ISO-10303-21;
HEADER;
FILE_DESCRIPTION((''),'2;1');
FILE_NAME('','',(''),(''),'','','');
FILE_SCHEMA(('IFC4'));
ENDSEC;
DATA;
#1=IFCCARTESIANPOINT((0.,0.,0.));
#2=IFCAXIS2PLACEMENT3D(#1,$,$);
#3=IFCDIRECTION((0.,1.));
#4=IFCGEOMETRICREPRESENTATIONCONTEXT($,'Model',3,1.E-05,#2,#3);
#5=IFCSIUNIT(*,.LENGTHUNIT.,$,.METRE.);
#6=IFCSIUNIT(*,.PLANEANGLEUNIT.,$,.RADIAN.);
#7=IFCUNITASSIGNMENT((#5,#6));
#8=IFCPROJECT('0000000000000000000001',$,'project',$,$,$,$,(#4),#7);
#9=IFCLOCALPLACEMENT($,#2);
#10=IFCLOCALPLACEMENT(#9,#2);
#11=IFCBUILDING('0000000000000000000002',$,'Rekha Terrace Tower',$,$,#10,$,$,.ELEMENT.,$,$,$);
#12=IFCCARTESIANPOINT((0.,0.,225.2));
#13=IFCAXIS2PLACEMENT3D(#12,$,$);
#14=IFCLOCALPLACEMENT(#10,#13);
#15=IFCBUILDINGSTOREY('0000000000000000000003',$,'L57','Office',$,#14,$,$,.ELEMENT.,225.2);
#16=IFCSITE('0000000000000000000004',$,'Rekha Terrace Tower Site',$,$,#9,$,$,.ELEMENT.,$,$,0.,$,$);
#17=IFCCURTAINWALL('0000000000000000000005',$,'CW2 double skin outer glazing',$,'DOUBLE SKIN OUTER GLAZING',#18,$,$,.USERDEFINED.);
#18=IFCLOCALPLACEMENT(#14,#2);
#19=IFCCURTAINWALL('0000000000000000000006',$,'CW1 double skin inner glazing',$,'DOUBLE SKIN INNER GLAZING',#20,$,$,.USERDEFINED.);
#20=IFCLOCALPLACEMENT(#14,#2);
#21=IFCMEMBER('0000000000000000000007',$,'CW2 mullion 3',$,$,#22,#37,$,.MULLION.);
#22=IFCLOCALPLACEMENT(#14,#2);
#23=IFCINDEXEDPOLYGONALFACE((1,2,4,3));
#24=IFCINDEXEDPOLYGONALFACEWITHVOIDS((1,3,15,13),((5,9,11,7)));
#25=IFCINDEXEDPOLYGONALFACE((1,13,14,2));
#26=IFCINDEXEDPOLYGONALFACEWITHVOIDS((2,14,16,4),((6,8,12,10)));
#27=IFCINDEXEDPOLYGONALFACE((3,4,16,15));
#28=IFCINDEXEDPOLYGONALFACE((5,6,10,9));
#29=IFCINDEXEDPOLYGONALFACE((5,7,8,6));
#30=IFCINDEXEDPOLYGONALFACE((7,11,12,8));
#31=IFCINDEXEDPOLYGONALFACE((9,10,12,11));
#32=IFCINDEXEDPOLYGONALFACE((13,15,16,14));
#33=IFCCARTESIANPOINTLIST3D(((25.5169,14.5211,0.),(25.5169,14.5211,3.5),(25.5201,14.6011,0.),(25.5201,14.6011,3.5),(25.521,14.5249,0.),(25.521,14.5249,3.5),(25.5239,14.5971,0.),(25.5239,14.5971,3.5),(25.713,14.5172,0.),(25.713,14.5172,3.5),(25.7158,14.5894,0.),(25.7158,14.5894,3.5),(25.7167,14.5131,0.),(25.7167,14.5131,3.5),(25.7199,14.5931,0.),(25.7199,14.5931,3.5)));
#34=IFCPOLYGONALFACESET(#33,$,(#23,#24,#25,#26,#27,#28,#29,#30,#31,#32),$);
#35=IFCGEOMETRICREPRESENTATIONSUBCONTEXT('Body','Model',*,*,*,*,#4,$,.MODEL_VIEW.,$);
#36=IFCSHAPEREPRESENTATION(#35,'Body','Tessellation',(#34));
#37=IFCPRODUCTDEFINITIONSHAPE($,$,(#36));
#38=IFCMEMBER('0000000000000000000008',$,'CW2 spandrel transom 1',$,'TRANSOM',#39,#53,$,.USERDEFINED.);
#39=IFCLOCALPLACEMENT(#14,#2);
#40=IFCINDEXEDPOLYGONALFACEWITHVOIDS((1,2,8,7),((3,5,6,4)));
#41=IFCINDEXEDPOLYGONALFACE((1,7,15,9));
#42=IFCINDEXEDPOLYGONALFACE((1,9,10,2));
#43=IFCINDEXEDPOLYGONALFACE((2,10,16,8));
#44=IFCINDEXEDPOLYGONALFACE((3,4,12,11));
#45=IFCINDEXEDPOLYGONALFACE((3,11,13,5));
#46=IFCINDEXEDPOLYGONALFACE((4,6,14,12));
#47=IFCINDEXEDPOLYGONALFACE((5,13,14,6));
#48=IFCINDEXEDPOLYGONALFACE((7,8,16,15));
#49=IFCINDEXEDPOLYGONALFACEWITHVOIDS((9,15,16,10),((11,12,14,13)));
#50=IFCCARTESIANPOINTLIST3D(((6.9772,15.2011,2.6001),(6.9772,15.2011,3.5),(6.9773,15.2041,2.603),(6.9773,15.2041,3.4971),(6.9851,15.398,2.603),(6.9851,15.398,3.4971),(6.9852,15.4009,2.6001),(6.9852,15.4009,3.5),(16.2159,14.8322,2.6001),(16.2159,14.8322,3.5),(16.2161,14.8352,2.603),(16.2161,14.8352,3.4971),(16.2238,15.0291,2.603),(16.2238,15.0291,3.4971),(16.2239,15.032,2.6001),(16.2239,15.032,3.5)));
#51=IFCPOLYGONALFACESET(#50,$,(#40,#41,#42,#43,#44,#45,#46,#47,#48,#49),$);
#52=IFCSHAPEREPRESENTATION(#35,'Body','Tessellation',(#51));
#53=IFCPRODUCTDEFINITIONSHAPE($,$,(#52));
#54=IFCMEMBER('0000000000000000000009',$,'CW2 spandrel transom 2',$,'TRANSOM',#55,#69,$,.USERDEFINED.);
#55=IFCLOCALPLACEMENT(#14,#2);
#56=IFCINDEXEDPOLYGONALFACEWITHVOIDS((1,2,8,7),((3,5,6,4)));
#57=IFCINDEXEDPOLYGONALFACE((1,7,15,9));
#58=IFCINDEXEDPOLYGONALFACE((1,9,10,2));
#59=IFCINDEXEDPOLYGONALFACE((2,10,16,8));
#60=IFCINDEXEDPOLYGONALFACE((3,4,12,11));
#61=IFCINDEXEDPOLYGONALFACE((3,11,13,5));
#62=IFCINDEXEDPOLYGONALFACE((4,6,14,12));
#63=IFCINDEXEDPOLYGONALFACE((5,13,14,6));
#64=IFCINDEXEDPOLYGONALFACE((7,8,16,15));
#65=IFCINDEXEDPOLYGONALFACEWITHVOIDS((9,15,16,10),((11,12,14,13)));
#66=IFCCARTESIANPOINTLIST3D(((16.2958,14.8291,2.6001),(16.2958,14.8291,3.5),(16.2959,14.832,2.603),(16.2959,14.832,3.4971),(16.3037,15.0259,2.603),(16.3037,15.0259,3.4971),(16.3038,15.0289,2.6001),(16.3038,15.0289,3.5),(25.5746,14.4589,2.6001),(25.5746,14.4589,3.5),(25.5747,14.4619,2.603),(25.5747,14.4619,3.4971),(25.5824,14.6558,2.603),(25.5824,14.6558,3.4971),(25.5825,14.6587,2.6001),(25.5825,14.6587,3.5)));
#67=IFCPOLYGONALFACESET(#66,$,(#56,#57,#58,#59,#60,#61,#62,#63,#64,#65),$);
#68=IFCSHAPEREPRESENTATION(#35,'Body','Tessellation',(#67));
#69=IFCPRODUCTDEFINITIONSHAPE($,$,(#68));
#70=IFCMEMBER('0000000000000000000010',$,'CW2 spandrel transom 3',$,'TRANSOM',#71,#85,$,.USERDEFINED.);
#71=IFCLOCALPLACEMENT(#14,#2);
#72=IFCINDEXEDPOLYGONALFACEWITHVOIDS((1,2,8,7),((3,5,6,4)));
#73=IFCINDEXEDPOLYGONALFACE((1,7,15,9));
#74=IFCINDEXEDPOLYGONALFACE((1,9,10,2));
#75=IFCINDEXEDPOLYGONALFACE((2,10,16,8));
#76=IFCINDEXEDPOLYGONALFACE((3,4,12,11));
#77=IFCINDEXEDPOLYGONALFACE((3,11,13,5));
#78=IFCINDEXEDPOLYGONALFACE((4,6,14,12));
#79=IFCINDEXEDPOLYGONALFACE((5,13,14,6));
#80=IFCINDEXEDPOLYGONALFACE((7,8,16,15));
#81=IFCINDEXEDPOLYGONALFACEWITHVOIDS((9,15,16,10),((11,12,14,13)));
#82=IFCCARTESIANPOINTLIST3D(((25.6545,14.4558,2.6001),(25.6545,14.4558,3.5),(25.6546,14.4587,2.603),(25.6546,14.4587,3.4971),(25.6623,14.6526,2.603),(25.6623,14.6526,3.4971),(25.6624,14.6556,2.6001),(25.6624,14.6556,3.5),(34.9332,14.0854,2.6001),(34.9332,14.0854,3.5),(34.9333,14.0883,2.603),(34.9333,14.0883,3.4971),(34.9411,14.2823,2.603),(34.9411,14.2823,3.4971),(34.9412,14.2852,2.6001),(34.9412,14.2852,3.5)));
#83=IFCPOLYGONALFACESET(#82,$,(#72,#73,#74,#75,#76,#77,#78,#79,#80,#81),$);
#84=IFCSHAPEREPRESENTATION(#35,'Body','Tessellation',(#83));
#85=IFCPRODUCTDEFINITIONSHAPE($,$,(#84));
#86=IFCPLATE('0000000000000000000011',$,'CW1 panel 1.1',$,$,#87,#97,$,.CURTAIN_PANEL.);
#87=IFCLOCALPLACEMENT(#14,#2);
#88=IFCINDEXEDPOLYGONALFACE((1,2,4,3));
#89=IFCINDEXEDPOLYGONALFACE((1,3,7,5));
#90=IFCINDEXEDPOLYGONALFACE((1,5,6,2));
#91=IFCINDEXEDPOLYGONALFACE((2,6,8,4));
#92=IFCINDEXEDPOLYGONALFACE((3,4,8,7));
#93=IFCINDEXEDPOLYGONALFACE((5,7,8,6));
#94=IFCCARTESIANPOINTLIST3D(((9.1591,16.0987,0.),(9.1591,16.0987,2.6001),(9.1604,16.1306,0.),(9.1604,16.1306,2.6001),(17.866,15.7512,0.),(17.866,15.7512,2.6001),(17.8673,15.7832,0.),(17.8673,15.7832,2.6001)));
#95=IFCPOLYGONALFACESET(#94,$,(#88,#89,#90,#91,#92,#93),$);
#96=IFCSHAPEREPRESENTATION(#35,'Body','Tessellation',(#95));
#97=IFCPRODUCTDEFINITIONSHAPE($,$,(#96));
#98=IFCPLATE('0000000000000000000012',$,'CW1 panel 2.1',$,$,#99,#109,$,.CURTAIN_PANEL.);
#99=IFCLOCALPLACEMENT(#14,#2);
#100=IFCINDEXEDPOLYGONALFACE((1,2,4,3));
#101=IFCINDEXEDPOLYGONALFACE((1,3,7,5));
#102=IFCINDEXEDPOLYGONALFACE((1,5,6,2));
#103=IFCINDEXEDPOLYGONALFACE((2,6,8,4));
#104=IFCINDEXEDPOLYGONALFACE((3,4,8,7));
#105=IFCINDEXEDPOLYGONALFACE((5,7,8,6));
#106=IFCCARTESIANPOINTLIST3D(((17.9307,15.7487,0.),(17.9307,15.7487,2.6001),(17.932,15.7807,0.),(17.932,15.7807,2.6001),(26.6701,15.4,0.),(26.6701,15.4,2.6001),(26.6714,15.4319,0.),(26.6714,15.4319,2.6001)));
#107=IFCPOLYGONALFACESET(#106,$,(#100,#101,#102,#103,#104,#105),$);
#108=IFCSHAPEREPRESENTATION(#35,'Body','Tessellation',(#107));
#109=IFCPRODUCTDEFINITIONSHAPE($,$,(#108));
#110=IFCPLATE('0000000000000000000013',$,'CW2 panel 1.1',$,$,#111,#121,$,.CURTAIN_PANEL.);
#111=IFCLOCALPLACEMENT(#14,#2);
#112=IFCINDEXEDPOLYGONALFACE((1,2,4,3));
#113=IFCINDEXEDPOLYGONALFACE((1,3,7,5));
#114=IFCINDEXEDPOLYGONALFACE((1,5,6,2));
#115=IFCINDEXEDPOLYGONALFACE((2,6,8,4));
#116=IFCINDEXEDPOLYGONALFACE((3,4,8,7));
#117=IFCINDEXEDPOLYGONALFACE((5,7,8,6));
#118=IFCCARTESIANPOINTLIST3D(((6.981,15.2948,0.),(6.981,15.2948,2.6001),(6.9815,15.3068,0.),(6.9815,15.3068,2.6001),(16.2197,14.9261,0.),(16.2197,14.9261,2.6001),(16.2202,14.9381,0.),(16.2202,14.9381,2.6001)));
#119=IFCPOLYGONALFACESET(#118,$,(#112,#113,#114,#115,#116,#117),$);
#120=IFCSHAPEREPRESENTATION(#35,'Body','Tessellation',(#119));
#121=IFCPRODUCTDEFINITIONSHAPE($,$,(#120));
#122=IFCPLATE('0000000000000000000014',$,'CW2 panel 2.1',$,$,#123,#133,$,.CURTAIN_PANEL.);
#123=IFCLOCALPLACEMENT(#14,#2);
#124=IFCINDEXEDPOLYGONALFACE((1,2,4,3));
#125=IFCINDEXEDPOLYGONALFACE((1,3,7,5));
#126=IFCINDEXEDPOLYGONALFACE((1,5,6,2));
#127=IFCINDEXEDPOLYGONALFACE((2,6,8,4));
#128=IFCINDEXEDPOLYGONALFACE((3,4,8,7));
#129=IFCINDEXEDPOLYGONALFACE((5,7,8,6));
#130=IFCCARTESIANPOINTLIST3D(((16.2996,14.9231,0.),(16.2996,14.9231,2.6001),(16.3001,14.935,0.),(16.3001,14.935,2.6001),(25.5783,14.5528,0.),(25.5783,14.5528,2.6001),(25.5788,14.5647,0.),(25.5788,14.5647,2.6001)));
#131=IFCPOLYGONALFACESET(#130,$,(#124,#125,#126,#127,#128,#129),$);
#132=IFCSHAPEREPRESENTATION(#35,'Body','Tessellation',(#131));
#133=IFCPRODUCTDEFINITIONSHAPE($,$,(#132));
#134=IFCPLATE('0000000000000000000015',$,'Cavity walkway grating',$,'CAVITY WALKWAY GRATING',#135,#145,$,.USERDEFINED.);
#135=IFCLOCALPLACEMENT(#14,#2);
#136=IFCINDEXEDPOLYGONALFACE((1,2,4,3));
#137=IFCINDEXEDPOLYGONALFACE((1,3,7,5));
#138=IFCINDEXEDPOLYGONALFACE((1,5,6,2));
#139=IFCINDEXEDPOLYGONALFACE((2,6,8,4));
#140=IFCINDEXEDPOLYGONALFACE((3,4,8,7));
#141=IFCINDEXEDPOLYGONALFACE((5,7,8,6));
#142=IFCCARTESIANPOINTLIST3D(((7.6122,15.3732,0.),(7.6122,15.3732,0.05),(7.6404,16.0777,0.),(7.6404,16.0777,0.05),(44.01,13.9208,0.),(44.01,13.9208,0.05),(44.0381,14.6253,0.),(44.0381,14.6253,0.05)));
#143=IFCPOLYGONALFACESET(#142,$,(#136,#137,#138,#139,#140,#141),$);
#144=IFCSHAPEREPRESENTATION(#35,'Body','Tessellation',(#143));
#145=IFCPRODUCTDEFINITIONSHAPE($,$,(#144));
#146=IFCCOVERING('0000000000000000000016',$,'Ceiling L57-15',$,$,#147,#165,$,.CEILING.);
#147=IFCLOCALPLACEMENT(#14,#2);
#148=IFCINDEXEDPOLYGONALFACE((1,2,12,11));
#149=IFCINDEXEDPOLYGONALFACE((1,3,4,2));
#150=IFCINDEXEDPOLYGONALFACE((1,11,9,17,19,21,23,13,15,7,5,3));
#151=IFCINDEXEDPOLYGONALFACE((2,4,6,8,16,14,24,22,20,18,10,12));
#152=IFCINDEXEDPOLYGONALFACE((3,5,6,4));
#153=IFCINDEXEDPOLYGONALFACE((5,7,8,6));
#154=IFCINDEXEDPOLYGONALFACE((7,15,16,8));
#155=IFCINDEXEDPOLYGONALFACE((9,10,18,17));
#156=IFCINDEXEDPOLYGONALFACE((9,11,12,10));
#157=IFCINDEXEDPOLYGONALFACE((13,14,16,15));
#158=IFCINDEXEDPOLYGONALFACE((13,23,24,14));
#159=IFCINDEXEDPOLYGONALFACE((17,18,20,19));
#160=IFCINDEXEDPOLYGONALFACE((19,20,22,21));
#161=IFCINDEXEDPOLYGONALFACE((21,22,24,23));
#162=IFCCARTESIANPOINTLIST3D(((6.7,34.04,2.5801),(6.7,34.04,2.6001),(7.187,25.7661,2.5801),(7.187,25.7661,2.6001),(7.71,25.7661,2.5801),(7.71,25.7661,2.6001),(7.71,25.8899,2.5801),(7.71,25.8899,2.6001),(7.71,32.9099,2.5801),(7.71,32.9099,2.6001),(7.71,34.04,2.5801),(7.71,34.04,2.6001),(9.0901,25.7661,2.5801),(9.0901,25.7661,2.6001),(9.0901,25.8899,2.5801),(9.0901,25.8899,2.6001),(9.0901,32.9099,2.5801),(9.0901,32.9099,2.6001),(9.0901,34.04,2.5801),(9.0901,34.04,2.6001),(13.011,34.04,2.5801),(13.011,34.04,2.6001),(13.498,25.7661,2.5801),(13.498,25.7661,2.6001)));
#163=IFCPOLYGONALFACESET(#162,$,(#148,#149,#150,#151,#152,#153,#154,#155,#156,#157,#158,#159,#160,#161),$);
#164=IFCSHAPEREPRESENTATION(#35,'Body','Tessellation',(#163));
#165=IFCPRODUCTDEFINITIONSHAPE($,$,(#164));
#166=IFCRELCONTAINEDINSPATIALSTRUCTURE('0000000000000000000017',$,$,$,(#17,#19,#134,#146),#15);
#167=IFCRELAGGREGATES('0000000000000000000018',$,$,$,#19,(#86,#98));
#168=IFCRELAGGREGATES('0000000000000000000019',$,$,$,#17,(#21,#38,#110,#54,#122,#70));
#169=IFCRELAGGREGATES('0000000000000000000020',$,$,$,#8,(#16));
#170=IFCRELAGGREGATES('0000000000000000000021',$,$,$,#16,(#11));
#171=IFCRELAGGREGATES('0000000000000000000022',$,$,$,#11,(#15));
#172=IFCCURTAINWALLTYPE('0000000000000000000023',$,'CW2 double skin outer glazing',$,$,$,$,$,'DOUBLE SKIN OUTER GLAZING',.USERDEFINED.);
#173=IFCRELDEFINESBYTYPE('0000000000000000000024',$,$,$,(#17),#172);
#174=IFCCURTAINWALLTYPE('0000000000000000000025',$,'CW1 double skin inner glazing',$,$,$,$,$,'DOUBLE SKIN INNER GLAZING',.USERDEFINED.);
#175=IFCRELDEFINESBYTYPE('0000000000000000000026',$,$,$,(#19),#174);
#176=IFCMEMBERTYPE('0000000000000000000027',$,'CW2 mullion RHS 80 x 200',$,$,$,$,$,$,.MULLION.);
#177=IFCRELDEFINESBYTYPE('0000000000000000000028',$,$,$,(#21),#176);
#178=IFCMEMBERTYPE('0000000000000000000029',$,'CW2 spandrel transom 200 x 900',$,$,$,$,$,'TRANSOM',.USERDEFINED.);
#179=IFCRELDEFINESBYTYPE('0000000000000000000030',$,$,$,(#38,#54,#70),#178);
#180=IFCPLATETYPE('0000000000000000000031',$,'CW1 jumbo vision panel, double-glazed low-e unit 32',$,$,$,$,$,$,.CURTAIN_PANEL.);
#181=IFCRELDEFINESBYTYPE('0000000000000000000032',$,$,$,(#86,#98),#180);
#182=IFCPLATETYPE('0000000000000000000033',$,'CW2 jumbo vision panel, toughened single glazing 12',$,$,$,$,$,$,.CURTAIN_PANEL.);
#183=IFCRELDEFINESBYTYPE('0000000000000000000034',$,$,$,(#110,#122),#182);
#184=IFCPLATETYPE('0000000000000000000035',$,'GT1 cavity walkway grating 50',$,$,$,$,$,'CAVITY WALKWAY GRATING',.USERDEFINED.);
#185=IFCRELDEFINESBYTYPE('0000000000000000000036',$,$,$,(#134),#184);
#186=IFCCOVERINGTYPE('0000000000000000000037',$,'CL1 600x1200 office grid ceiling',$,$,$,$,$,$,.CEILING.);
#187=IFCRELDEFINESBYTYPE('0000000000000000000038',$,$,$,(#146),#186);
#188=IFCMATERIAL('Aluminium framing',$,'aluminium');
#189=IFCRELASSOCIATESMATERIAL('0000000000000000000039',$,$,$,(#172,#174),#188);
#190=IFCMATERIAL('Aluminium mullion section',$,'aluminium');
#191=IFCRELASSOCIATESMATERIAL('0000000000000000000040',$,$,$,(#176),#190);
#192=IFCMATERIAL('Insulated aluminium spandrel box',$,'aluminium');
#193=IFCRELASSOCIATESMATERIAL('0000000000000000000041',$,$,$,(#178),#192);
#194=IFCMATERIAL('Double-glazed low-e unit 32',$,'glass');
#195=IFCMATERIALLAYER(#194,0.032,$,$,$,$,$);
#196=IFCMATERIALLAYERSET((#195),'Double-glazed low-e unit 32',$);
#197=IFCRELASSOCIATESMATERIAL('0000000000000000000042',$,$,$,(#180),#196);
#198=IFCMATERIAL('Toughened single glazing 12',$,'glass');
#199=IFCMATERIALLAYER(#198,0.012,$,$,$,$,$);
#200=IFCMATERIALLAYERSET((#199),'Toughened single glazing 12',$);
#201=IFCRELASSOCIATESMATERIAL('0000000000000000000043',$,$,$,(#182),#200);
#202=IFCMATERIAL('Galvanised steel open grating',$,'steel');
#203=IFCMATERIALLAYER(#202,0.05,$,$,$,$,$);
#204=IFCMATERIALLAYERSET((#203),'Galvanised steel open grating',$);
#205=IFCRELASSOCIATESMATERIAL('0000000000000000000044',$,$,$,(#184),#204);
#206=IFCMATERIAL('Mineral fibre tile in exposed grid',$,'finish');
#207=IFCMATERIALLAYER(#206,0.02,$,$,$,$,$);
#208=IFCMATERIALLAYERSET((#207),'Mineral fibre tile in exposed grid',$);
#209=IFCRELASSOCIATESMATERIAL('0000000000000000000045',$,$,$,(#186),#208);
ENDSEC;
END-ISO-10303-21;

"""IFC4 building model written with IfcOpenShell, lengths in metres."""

from ifc_helpers import new_model, si_unit, direction, frame, origin, origin_2d, place, context, subcontext, project, spatial, polyline, rectangle, hollow_rectangle, outline, extrude, material, layer, layer_set, material_profile, profile_set, type_object, element, aggregate, save


model = new_model("IFC4")

# Units and contexts
model_context = context("Model", 3, precision=1e-05, world=origin(), true_north=direction((0.0, 1.0)))
body_context = subcontext(model_context, "Body", "Model", "MODEL_VIEW")
ifc_project = project(units=[si_unit("LENGTHUNIT", "METRE"), si_unit("PLANEANGLEUNIT", "RADIAN")], contexts=[model_context])

# Site, building, storey
site_placement = place(None, origin())
site = spatial("IfcSite", under=ifc_project, at=site_placement, Name="Rekha Terrace Tower Site", CompositionType="ELEMENT", RefElevation=0.0)
building_placement = place(site_placement, origin())
building = spatial("IfcBuilding", under=site, at=building_placement, Name="Rekha Terrace Tower", CompositionType="ELEMENT")
storey_placement = place(building_placement, frame((0.0, 0.0, 225.2)))
storey = spatial("IfcBuildingStorey", under=building, at=storey_placement, Name="L57", Description="Office", CompositionType="ELEMENT", Elevation=225.2)

# Curtain walls
ifc_material_1 = material(Name="Aluminium framing", Category="aluminium")
curtain_wall_type_1 = type_object("IfcCurtainWallType", Name="CW2 double skin outer glazing", ElementType="DOUBLE SKIN OUTER GLAZING", PredefinedType="USERDEFINED", material=ifc_material_1)
curtain_wall_1_placement = place(storey_placement, origin())
curtain_wall_1 = element("IfcCurtainWall", 1, at=curtain_wall_1_placement, inside=storey, type_object=curtain_wall_type_1, Name="CW2 double skin outer glazing", ObjectType="DOUBLE SKIN OUTER GLAZING", PredefinedType="USERDEFINED")
curtain_wall_type_2 = type_object("IfcCurtainWallType", Name="CW1 double skin inner glazing", ElementType="DOUBLE SKIN INNER GLAZING", PredefinedType="USERDEFINED", material=ifc_material_1)
curtain_wall_2_placement = place(storey_placement, origin())
curtain_wall_2 = element("IfcCurtainWall", 2, at=curtain_wall_2_placement, inside=storey, type_object=curtain_wall_type_2, Name="CW1 double skin inner glazing", ObjectType="DOUBLE SKIN INNER GLAZING", PredefinedType="USERDEFINED")
ifc_material_2 = material(Name="Aluminium mullion section", Category="aluminium")
ifc_material_3 = material(Name="Insulated aluminium spandrel box", Category="aluminium")

# Members
ifc_material_profile_1 = material_profile(ifc_material_2, hollow_rectangle(XDim=0.0801, YDim=0.2, WallThickness=0.0039, at=origin_2d()), Name="AL RHS 80x200")
ifc_profile_set_1 = profile_set([ifc_material_profile_1], Name="Aluminium mullion section")
member_type_1 = type_object("IfcMemberType", Name="CW2 mullion RHS 80 x 200", PredefinedType="MULLION", material=ifc_profile_set_1)
member_1_placement = place(storey_placement, frame((25.6184, 14.5571, 0.0), z_axis=(0.0, 0.0, 1.0), x_axis=(0.039872, 0.999205, 0.0)))
member_1 = element("IfcMember", 3, at=member_1_placement, type_object=member_type_1, Name="CW2 mullion 3", PredefinedType="MULLION", context=body_context, shape_type="SweptSolid", body=[
    extrude(hollow_rectangle(XDim=0.0801, YDim=0.2, WallThickness=0.0039, at=origin_2d()), origin(), (0.0, 0.0, 1.0), 3.5),
])
ifc_material_profile_2 = material_profile(ifc_material_3, hollow_rectangle(XDim=0.2, YDim=0.8999, WallThickness=0.0029, at=origin_2d()), Name="AL SPANDREL BOX 200x900")
ifc_profile_set_2 = profile_set([ifc_material_profile_2], Name="Insulated aluminium spandrel box")
member_type_2 = type_object("IfcMemberType", Name="CW2 spandrel transom 200 x 900", ElementType="TRANSOM", PredefinedType="USERDEFINED", material=ifc_profile_set_2)
member_2_placement = place(storey_placement, frame((6.9812, 15.301, 3.05), z_axis=(0.999204, -0.039897, 0.0), x_axis=(0.039897, 0.999204, 0.0)))
member_2 = element("IfcMember", 4, at=member_2_placement, type_object=member_type_2, Name="CW2 spandrel transom 1", ObjectType="TRANSOM", PredefinedType="USERDEFINED", context=body_context, shape_type="SweptSolid", body=[
    extrude(hollow_rectangle(XDim=0.2, YDim=0.8999, WallThickness=0.0029, at=origin_2d()), origin(), (0.0, 0.0, 1.0), 9.2461),
])
member_3_placement = place(storey_placement, frame((16.2998, 14.929, 3.05), z_axis=(0.999205, -0.039857, 0.0), x_axis=(0.039857, 0.999205, 0.0)))
member_3 = element("IfcMember", 5, at=member_3_placement, type_object=member_type_2, Name="CW2 spandrel transom 2", ObjectType="TRANSOM", PredefinedType="USERDEFINED", context=body_context, shape_type="SweptSolid", body=[
    extrude(hollow_rectangle(XDim=0.2, YDim=0.8999, WallThickness=0.0029, at=origin_2d()), origin(), (0.0, 0.0, 1.0), 9.2861),
])
member_4_placement = place(storey_placement, frame((25.6584, 14.5557, 3.05), z_axis=(0.999204, -0.039883, 0.0), x_axis=(0.039883, 0.999204, 0.0)))
member_4 = element("IfcMember", 6, at=member_4_placement, type_object=member_type_2, Name="CW2 spandrel transom 3", ObjectType="TRANSOM", PredefinedType="USERDEFINED", context=body_context, shape_type="SweptSolid", body=[
    extrude(hollow_rectangle(XDim=0.2, YDim=0.8999, WallThickness=0.0029, at=origin_2d()), origin(), (0.0, 0.0, 1.0), 9.2861),
])

# Plates
ifc_material_4 = material(Name="Double-glazed low-e unit 32", Category="glass")
ifc_layer_1 = layer(ifc_material_4, 0.032)
ifc_layer_set_1 = layer_set([ifc_layer_1], Name="Double-glazed low-e unit 32")
plate_type_1 = type_object("IfcPlateType", Name="CW1 jumbo vision panel, double-glazed low-e unit 32", PredefinedType="CURTAIN_PANEL", material=ifc_layer_set_1)
plate_1_placement = place(storey_placement, frame((13.5132, 15.9409, 0.0), z_axis=(0.0, 0.0, 1.0), x_axis=(0.999205, -0.039872, 0.0)))
plate_1 = element("IfcPlate", 7, at=plate_1_placement, type_object=plate_type_1, Name="CW1 panel 1.1", PredefinedType="CURTAIN_PANEL", context=body_context, shape_type="SweptSolid", body=[
    extrude(rectangle(XDim=8.7139, YDim=0.032, at=origin_2d()), origin(), (0.0, 0.0, 1.0), 2.6001),
])
plate_2_placement = place(storey_placement, frame((22.301, 15.5903, 0.0), z_axis=(0.0, 0.0, 1.0), x_axis=(0.999205, -0.039872, 0.0)))
plate_2 = element("IfcPlate", 8, at=plate_2_placement, type_object=plate_type_1, Name="CW1 panel 2.1", PredefinedType="CURTAIN_PANEL", context=body_context, shape_type="SweptSolid", body=[
    extrude(rectangle(XDim=8.7463, YDim=0.032, at=origin_2d()), origin(), (0.0, 0.0, 1.0), 2.6001),
])
aggregate(curtain_wall_2, [plate_1, plate_2])
ifc_material_5 = material(Name="Toughened single glazing 12", Category="glass")
ifc_layer_2 = layer(ifc_material_5, 0.012)
ifc_layer_set_2 = layer_set([ifc_layer_2], Name="Toughened single glazing 12")
plate_type_2 = type_object("IfcPlateType", Name="CW2 jumbo vision panel, toughened single glazing 12", PredefinedType="CURTAIN_PANEL", material=ifc_layer_set_2)
plate_3_placement = place(storey_placement, frame((11.6006, 15.1165, 0.0), z_axis=(0.0, 0.0, 1.0), x_axis=(0.999205, -0.039872, 0.0)))
plate_3 = element("IfcPlate", 9, at=plate_3_placement, type_object=plate_type_2, Name="CW2 panel 1.1", PredefinedType="CURTAIN_PANEL", context=body_context, shape_type="SweptSolid", body=[
    extrude(rectangle(XDim=9.2461, YDim=0.012, at=origin_2d()), origin(), (0.0, 0.0, 1.0), 2.6001),
])
plate_4_placement = place(storey_placement, frame((20.9392, 14.7439, 0.0), z_axis=(0.0, 0.0, 1.0), x_axis=(0.999205, -0.039872, 0.0)))
plate_4 = element("IfcPlate", 10, at=plate_4_placement, type_object=plate_type_2, Name="CW2 panel 2.1", PredefinedType="CURTAIN_PANEL", context=body_context, shape_type="SweptSolid", body=[
    extrude(rectangle(XDim=9.2861, YDim=0.012, at=origin_2d()), origin(), (0.0, 0.0, 1.0), 2.6001),
])
aggregate(curtain_wall_1, [member_1, member_2, plate_3, member_3, plate_4, member_4])
ifc_material_6 = material(Name="Galvanised steel open grating", Category="steel")
ifc_layer_3 = layer(ifc_material_6, 0.05)
ifc_layer_set_3 = layer_set([ifc_layer_3], Name="Galvanised steel open grating")
plate_type_3 = type_object("IfcPlateType", Name="GT1 cavity walkway grating 50", ElementType="CAVITY WALKWAY GRATING", PredefinedType="USERDEFINED", material=ifc_layer_set_3)
plate_5_placement = place(storey_placement, frame((25.8252, 14.9993, 0.0), z_axis=(0.0, 0.0, 1.0), x_axis=(0.999205, -0.039872, 0.0)))
element("IfcPlate", 11, at=plate_5_placement, inside=storey, type_object=plate_type_3, Name="Cavity walkway grating", ObjectType="CAVITY WALKWAY GRATING", PredefinedType="USERDEFINED", context=body_context, shape_type="SweptSolid", body=[
    extrude(rectangle(XDim=36.4268, YDim=0.7051, at=origin_2d()), origin(), (0.0, 0.0, 1.0), 0.05),
])

# Covering
ifc_material_7 = material(Name="Mineral fibre tile in exposed grid", Category="finish")
ifc_layer_4 = layer(ifc_material_7, 0.02)
ifc_layer_set_4 = layer_set([ifc_layer_4], Name="Mineral fibre tile in exposed grid")
covering_type_1 = type_object("IfcCoveringType", Name="CL1 600x1200 office grid ceiling", PredefinedType="CEILING", material=ifc_layer_set_4)
covering_1_placement = place(storey_placement, frame((0.0, 0.0, 2.5801)))
element("IfcCovering", 12, at=covering_1_placement, inside=storey, type_object=covering_type_1, Name="Ceiling L57-15", PredefinedType="CEILING", context=body_context, shape_type="SweptSolid", body=[
    extrude(outline(polyline([(9.0901, 25.8899), (9.0901, 25.7661), (13.498, 25.7661), (13.011, 34.04), (9.0901, 34.04), (9.0901, 32.9099), (7.71, 32.9099), (7.71, 34.04), (6.7, 34.04), (7.187, 25.7661), (7.71, 25.7661), (7.71, 25.8899), (9.0901, 25.8899)])), origin(), (0.0, 0.0, 1.0), 0.02),
])

save(model, "model.ifc")
